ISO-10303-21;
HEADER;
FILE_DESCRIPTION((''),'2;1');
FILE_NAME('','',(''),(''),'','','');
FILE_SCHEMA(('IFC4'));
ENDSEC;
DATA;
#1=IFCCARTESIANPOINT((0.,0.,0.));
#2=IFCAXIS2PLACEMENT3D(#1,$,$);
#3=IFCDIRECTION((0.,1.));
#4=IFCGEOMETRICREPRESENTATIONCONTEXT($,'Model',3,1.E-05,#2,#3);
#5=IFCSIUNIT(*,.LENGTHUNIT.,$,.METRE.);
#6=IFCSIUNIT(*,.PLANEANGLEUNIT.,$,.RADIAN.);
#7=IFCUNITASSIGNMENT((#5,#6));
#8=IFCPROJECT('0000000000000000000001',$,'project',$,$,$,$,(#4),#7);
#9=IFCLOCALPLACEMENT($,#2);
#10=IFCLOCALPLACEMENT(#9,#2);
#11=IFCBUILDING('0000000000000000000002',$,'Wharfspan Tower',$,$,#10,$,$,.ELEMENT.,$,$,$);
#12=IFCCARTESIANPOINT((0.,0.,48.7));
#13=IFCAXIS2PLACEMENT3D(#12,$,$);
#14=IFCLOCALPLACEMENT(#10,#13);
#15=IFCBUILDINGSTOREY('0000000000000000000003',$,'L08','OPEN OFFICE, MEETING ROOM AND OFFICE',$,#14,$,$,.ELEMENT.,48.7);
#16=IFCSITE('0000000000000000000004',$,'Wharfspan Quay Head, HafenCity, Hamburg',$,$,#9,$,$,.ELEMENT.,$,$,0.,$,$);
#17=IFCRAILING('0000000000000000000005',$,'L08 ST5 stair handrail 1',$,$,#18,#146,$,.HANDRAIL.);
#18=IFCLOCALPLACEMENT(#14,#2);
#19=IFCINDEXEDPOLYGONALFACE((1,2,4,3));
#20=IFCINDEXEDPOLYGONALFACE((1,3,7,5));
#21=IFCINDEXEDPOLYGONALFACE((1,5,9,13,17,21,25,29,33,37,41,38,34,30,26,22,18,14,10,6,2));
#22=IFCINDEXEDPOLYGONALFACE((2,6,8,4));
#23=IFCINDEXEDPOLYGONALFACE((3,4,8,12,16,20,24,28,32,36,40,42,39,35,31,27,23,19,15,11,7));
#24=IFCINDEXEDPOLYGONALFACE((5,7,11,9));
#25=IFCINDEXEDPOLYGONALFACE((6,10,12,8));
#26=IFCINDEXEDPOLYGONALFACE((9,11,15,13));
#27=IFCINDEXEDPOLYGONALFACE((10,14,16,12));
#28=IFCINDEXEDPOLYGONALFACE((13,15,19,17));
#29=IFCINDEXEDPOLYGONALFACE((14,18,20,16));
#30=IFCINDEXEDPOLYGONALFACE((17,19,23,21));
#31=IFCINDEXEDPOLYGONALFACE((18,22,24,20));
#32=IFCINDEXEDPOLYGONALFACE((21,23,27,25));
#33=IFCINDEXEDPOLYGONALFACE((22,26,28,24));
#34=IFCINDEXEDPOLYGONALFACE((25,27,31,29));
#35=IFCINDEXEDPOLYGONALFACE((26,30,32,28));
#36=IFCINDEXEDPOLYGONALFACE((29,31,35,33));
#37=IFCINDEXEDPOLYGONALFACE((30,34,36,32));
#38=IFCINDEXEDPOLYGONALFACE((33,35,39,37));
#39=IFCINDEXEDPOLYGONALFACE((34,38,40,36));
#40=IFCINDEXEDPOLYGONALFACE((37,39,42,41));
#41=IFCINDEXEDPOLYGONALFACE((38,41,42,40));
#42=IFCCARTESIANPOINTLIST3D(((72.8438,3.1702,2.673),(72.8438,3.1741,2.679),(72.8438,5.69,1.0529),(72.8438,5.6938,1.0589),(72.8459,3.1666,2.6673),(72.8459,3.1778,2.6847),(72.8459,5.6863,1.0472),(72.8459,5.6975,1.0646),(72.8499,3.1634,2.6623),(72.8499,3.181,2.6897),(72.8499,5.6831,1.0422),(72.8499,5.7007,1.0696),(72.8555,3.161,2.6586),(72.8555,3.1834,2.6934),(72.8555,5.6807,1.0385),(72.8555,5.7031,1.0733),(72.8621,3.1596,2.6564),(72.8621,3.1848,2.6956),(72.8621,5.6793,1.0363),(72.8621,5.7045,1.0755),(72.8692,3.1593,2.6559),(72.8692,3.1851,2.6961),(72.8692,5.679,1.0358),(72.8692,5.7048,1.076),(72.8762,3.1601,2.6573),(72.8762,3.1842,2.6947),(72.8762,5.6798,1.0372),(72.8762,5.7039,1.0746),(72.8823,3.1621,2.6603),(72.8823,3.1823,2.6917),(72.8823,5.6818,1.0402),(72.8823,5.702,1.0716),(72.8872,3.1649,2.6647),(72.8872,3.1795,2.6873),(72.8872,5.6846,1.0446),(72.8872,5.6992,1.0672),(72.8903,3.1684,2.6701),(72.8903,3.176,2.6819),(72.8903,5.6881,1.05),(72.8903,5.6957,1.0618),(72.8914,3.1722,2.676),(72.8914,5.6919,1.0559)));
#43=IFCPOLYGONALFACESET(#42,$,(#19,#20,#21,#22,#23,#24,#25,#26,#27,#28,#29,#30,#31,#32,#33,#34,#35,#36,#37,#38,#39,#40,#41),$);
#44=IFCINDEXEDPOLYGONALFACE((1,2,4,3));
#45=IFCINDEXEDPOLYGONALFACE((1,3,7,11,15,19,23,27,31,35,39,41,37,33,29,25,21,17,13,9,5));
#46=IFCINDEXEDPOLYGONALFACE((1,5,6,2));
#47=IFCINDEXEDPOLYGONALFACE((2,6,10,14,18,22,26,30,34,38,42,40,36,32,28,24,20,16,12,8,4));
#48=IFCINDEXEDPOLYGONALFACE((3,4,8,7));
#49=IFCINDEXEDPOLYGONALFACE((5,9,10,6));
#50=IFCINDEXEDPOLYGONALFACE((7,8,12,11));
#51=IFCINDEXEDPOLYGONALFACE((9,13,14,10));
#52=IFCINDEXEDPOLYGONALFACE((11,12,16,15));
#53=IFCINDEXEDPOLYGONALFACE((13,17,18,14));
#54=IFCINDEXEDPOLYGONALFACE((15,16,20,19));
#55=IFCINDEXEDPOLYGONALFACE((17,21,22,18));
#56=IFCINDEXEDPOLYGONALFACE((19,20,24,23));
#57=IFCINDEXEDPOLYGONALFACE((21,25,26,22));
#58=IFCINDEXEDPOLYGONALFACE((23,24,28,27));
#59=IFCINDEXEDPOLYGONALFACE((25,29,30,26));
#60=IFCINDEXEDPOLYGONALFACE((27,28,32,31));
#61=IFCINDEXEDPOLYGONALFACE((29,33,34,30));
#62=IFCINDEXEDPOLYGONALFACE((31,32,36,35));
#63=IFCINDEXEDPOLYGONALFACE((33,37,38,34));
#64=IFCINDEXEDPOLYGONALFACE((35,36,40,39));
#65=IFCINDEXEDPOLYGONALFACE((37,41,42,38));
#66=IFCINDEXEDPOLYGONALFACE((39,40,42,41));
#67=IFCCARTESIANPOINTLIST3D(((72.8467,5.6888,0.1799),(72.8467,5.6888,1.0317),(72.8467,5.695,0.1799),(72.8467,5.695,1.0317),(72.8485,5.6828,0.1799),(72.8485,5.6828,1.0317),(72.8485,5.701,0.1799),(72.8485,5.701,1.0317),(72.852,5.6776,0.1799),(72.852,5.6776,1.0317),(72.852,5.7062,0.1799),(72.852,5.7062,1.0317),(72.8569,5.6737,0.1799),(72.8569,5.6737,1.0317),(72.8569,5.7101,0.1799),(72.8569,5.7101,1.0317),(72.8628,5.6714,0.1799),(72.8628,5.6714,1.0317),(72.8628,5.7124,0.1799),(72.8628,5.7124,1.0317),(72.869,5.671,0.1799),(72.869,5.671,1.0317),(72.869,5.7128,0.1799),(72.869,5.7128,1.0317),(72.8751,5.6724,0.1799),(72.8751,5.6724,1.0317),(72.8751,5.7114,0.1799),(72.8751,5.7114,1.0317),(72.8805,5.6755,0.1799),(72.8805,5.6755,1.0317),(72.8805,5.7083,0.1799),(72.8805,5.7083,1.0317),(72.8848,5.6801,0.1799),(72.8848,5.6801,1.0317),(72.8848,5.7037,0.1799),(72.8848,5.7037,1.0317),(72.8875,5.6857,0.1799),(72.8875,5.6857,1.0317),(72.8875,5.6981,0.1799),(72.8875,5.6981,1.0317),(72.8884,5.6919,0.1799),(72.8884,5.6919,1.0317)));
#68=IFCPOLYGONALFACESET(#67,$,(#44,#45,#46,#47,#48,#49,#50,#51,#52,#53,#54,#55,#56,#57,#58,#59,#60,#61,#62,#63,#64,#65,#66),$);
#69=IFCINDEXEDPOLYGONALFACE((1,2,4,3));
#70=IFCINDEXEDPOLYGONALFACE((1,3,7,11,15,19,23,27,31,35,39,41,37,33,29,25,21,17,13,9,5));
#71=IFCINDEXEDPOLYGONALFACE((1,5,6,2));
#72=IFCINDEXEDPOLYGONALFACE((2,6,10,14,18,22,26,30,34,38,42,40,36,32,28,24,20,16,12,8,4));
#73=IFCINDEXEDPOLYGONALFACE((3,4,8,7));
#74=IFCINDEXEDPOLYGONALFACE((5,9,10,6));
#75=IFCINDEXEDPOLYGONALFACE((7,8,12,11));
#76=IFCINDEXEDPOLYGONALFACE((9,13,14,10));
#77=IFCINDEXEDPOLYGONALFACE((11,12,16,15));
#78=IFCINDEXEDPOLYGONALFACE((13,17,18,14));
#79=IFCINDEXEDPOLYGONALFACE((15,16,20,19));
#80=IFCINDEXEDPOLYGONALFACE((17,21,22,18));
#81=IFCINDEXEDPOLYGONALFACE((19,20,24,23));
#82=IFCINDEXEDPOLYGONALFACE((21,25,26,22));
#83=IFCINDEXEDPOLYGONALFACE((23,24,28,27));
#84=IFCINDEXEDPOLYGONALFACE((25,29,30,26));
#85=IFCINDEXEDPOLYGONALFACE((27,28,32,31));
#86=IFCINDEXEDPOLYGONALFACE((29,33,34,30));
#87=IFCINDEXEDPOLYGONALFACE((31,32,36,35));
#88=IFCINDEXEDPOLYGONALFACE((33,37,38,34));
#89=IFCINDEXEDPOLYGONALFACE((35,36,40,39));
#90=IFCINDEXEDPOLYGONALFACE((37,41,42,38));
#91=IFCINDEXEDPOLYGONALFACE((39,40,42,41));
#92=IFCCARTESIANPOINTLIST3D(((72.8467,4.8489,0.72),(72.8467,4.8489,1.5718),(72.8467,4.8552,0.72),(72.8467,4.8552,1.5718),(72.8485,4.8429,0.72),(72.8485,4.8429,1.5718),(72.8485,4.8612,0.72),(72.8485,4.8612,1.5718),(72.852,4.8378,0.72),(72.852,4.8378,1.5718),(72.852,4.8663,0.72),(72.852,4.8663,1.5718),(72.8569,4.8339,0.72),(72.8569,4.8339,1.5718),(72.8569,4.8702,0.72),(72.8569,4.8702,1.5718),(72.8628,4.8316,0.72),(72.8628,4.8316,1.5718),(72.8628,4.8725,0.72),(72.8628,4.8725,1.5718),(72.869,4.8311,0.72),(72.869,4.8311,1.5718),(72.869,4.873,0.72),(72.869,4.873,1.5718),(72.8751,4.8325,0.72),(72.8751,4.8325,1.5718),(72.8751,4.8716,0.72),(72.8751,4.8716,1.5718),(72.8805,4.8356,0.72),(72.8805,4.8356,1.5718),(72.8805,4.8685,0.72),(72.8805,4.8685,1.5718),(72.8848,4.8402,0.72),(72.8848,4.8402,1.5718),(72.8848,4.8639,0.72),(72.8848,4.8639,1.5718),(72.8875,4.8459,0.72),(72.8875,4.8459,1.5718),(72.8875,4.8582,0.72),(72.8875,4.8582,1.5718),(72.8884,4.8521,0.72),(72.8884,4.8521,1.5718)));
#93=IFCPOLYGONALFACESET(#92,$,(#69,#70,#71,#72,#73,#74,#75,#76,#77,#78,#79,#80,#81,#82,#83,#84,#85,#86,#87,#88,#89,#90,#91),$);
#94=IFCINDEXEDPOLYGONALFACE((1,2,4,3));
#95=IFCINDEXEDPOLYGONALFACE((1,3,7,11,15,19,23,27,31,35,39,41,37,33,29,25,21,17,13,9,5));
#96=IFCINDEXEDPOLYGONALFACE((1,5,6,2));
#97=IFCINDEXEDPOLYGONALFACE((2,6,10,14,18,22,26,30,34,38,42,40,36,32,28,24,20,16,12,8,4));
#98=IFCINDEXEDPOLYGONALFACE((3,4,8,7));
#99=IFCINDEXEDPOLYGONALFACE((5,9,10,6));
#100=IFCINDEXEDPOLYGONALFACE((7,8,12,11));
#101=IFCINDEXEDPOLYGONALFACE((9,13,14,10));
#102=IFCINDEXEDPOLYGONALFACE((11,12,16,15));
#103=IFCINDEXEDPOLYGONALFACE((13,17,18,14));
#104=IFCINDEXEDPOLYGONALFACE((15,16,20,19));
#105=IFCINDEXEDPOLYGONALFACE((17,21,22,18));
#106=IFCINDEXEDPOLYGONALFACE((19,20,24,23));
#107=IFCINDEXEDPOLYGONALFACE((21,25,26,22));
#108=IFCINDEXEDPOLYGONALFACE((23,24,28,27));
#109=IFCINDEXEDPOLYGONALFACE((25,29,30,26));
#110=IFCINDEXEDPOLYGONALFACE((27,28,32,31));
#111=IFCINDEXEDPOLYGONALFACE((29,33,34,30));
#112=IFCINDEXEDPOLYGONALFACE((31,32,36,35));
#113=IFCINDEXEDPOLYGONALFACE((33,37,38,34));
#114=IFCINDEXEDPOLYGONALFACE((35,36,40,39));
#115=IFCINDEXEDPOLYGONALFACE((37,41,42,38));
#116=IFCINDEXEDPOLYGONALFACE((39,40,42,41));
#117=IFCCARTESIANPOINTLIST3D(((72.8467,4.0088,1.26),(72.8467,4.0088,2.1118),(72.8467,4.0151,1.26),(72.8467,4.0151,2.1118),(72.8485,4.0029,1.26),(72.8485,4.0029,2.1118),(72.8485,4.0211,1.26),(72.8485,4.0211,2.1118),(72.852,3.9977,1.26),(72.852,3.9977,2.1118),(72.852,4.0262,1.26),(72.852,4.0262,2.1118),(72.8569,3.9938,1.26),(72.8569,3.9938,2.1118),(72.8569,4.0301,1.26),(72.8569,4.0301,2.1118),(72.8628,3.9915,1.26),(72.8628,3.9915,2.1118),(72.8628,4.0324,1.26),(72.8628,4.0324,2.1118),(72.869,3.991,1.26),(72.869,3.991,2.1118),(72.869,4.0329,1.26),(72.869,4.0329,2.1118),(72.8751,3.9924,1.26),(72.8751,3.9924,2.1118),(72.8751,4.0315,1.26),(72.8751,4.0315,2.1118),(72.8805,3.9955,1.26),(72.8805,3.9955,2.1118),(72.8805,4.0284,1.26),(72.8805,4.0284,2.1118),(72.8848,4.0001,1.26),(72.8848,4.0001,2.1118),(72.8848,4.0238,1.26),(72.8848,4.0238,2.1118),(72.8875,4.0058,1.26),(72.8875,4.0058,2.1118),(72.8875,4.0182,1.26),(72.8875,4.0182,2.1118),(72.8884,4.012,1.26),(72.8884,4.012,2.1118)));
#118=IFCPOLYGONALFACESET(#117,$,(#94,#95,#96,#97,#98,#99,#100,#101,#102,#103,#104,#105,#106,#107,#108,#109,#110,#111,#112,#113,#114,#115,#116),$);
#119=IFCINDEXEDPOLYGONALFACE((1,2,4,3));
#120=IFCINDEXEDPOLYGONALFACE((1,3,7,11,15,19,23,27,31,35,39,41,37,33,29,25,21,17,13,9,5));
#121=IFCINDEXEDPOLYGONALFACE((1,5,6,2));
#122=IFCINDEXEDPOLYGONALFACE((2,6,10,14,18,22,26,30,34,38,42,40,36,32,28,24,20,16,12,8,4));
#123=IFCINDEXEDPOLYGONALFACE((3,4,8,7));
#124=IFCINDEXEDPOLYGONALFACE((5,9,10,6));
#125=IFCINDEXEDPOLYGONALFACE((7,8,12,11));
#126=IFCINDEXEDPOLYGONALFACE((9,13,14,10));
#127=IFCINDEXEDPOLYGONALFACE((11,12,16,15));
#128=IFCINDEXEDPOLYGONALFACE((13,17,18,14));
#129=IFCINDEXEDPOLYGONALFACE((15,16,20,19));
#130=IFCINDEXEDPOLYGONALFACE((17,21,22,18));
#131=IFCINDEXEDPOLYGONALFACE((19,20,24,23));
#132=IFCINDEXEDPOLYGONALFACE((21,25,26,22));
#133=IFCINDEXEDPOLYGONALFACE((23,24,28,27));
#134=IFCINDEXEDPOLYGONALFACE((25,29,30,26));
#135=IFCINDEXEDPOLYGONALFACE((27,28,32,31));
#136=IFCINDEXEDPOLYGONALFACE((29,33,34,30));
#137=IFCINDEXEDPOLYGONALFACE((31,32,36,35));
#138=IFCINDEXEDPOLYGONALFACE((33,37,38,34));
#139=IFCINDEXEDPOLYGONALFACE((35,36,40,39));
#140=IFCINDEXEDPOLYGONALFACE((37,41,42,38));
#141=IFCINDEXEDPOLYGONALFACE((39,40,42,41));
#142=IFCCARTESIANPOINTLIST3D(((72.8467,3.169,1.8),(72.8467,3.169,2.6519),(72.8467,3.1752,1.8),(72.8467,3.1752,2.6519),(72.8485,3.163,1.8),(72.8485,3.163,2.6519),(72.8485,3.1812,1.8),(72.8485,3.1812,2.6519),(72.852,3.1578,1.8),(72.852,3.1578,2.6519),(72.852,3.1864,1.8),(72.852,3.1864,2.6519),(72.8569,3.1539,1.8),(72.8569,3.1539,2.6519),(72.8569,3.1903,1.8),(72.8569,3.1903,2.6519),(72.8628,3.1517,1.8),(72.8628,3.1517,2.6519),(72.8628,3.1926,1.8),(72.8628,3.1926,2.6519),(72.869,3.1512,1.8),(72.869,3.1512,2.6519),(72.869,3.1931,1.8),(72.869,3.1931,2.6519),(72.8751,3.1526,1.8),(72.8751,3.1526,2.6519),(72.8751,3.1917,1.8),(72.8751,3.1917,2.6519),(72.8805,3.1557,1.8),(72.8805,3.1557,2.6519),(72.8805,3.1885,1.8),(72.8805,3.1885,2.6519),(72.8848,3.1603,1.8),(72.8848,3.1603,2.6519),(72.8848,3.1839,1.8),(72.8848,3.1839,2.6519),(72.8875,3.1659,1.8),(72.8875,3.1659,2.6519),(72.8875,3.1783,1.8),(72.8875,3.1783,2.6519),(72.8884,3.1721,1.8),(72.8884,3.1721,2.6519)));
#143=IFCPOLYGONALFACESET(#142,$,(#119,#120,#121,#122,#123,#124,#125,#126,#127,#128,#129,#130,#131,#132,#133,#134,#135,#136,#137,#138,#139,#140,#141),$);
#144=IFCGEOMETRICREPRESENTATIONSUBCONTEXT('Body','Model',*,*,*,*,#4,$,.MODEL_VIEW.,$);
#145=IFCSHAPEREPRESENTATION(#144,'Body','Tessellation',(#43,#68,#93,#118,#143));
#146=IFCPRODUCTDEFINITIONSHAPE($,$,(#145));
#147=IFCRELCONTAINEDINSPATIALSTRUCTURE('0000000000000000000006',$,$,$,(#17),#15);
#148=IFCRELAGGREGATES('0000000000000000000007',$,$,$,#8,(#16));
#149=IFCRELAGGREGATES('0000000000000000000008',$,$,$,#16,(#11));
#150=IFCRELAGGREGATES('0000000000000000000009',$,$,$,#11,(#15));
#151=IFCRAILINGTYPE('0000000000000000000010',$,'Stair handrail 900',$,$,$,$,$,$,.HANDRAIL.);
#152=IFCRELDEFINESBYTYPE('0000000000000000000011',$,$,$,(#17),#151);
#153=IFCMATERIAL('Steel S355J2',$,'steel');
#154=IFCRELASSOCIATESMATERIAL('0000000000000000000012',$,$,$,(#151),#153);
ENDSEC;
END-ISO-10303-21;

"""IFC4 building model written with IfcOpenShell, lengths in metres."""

from ifc_helpers import new_model, si_unit, direction, frame, origin, origin_2d, place, context, subcontext, project, spatial, circle, extrude, material, type_object, element, save


model = new_model("IFC4")

# Units and contexts
model_context = context("Model", 3, precision=1e-05, world=origin(), true_north=direction((0.0, 1.0)))
body_context = subcontext(model_context, "Body", "Model", "MODEL_VIEW")
ifc_project = project(units=[si_unit("LENGTHUNIT", "METRE"), si_unit("PLANEANGLEUNIT", "RADIAN")], contexts=[model_context])

# Site, building, storey
site_placement = place(None, origin())
site = spatial("IfcSite", under=ifc_project, at=site_placement, Name="Wharfspan Quay Head, HafenCity, Hamburg", CompositionType="ELEMENT", RefElevation=0.0)
building_placement = place(site_placement, origin())
building = spatial("IfcBuilding", under=site, at=building_placement, Name="Wharfspan Tower", CompositionType="ELEMENT")
storey_placement = place(building_placement, frame((0.0, 0.0, 48.7)))
storey = spatial("IfcBuildingStorey", under=building, at=storey_placement, Name="L08", Description="OPEN OFFICE, MEETING ROOM AND OFFICE", CompositionType="ELEMENT", Elevation=48.7)

# Shared definitions
ifc_material_1 = material(Name="Steel S355J2", Category="steel")

# Railing
railing_type_1 = type_object("IfcRailingType", Name="Stair handrail 900", PredefinedType="HANDRAIL", material=ifc_material_1)
railing_1_placement = place(storey_placement, frame((72.8674, 5.6919, 0.1799)))
element("IfcRailing", 1, at=railing_1_placement, inside=storey, type_object=railing_type_1, Name="L08 ST5 stair handrail 1", PredefinedType="HANDRAIL", context=body_context, shape_type="SweptSolid", body=[
    extrude(circle(Radius=0.0239, at=origin_2d()), frame((0.0, 0.0, 0.876), z_axis=(0.0, -0.841139, 0.540819), x_axis=(1.0, 0.0, 0.0)), (0.0, 0.0, 1.0), 2.9956),
    extrude(circle(Radius=0.021, at=origin_2d()), origin(), (0.0, 0.0, 1.0), 0.8518),
    extrude(circle(Radius=0.021, at=origin_2d()), frame((0.0, -0.8398, 0.54)), (0.0, 0.0, 1.0), 0.8518),
    extrude(circle(Radius=0.021, at=origin_2d()), frame((0.0, -1.6799, 1.0801)), (0.0, 0.0, 1.0), 0.8518),
    extrude(circle(Radius=0.021, at=origin_2d()), frame((0.0, -2.5198, 1.6201)), (0.0, 0.0, 1.0), 0.8518),
])

save(model, "model.ifc")
